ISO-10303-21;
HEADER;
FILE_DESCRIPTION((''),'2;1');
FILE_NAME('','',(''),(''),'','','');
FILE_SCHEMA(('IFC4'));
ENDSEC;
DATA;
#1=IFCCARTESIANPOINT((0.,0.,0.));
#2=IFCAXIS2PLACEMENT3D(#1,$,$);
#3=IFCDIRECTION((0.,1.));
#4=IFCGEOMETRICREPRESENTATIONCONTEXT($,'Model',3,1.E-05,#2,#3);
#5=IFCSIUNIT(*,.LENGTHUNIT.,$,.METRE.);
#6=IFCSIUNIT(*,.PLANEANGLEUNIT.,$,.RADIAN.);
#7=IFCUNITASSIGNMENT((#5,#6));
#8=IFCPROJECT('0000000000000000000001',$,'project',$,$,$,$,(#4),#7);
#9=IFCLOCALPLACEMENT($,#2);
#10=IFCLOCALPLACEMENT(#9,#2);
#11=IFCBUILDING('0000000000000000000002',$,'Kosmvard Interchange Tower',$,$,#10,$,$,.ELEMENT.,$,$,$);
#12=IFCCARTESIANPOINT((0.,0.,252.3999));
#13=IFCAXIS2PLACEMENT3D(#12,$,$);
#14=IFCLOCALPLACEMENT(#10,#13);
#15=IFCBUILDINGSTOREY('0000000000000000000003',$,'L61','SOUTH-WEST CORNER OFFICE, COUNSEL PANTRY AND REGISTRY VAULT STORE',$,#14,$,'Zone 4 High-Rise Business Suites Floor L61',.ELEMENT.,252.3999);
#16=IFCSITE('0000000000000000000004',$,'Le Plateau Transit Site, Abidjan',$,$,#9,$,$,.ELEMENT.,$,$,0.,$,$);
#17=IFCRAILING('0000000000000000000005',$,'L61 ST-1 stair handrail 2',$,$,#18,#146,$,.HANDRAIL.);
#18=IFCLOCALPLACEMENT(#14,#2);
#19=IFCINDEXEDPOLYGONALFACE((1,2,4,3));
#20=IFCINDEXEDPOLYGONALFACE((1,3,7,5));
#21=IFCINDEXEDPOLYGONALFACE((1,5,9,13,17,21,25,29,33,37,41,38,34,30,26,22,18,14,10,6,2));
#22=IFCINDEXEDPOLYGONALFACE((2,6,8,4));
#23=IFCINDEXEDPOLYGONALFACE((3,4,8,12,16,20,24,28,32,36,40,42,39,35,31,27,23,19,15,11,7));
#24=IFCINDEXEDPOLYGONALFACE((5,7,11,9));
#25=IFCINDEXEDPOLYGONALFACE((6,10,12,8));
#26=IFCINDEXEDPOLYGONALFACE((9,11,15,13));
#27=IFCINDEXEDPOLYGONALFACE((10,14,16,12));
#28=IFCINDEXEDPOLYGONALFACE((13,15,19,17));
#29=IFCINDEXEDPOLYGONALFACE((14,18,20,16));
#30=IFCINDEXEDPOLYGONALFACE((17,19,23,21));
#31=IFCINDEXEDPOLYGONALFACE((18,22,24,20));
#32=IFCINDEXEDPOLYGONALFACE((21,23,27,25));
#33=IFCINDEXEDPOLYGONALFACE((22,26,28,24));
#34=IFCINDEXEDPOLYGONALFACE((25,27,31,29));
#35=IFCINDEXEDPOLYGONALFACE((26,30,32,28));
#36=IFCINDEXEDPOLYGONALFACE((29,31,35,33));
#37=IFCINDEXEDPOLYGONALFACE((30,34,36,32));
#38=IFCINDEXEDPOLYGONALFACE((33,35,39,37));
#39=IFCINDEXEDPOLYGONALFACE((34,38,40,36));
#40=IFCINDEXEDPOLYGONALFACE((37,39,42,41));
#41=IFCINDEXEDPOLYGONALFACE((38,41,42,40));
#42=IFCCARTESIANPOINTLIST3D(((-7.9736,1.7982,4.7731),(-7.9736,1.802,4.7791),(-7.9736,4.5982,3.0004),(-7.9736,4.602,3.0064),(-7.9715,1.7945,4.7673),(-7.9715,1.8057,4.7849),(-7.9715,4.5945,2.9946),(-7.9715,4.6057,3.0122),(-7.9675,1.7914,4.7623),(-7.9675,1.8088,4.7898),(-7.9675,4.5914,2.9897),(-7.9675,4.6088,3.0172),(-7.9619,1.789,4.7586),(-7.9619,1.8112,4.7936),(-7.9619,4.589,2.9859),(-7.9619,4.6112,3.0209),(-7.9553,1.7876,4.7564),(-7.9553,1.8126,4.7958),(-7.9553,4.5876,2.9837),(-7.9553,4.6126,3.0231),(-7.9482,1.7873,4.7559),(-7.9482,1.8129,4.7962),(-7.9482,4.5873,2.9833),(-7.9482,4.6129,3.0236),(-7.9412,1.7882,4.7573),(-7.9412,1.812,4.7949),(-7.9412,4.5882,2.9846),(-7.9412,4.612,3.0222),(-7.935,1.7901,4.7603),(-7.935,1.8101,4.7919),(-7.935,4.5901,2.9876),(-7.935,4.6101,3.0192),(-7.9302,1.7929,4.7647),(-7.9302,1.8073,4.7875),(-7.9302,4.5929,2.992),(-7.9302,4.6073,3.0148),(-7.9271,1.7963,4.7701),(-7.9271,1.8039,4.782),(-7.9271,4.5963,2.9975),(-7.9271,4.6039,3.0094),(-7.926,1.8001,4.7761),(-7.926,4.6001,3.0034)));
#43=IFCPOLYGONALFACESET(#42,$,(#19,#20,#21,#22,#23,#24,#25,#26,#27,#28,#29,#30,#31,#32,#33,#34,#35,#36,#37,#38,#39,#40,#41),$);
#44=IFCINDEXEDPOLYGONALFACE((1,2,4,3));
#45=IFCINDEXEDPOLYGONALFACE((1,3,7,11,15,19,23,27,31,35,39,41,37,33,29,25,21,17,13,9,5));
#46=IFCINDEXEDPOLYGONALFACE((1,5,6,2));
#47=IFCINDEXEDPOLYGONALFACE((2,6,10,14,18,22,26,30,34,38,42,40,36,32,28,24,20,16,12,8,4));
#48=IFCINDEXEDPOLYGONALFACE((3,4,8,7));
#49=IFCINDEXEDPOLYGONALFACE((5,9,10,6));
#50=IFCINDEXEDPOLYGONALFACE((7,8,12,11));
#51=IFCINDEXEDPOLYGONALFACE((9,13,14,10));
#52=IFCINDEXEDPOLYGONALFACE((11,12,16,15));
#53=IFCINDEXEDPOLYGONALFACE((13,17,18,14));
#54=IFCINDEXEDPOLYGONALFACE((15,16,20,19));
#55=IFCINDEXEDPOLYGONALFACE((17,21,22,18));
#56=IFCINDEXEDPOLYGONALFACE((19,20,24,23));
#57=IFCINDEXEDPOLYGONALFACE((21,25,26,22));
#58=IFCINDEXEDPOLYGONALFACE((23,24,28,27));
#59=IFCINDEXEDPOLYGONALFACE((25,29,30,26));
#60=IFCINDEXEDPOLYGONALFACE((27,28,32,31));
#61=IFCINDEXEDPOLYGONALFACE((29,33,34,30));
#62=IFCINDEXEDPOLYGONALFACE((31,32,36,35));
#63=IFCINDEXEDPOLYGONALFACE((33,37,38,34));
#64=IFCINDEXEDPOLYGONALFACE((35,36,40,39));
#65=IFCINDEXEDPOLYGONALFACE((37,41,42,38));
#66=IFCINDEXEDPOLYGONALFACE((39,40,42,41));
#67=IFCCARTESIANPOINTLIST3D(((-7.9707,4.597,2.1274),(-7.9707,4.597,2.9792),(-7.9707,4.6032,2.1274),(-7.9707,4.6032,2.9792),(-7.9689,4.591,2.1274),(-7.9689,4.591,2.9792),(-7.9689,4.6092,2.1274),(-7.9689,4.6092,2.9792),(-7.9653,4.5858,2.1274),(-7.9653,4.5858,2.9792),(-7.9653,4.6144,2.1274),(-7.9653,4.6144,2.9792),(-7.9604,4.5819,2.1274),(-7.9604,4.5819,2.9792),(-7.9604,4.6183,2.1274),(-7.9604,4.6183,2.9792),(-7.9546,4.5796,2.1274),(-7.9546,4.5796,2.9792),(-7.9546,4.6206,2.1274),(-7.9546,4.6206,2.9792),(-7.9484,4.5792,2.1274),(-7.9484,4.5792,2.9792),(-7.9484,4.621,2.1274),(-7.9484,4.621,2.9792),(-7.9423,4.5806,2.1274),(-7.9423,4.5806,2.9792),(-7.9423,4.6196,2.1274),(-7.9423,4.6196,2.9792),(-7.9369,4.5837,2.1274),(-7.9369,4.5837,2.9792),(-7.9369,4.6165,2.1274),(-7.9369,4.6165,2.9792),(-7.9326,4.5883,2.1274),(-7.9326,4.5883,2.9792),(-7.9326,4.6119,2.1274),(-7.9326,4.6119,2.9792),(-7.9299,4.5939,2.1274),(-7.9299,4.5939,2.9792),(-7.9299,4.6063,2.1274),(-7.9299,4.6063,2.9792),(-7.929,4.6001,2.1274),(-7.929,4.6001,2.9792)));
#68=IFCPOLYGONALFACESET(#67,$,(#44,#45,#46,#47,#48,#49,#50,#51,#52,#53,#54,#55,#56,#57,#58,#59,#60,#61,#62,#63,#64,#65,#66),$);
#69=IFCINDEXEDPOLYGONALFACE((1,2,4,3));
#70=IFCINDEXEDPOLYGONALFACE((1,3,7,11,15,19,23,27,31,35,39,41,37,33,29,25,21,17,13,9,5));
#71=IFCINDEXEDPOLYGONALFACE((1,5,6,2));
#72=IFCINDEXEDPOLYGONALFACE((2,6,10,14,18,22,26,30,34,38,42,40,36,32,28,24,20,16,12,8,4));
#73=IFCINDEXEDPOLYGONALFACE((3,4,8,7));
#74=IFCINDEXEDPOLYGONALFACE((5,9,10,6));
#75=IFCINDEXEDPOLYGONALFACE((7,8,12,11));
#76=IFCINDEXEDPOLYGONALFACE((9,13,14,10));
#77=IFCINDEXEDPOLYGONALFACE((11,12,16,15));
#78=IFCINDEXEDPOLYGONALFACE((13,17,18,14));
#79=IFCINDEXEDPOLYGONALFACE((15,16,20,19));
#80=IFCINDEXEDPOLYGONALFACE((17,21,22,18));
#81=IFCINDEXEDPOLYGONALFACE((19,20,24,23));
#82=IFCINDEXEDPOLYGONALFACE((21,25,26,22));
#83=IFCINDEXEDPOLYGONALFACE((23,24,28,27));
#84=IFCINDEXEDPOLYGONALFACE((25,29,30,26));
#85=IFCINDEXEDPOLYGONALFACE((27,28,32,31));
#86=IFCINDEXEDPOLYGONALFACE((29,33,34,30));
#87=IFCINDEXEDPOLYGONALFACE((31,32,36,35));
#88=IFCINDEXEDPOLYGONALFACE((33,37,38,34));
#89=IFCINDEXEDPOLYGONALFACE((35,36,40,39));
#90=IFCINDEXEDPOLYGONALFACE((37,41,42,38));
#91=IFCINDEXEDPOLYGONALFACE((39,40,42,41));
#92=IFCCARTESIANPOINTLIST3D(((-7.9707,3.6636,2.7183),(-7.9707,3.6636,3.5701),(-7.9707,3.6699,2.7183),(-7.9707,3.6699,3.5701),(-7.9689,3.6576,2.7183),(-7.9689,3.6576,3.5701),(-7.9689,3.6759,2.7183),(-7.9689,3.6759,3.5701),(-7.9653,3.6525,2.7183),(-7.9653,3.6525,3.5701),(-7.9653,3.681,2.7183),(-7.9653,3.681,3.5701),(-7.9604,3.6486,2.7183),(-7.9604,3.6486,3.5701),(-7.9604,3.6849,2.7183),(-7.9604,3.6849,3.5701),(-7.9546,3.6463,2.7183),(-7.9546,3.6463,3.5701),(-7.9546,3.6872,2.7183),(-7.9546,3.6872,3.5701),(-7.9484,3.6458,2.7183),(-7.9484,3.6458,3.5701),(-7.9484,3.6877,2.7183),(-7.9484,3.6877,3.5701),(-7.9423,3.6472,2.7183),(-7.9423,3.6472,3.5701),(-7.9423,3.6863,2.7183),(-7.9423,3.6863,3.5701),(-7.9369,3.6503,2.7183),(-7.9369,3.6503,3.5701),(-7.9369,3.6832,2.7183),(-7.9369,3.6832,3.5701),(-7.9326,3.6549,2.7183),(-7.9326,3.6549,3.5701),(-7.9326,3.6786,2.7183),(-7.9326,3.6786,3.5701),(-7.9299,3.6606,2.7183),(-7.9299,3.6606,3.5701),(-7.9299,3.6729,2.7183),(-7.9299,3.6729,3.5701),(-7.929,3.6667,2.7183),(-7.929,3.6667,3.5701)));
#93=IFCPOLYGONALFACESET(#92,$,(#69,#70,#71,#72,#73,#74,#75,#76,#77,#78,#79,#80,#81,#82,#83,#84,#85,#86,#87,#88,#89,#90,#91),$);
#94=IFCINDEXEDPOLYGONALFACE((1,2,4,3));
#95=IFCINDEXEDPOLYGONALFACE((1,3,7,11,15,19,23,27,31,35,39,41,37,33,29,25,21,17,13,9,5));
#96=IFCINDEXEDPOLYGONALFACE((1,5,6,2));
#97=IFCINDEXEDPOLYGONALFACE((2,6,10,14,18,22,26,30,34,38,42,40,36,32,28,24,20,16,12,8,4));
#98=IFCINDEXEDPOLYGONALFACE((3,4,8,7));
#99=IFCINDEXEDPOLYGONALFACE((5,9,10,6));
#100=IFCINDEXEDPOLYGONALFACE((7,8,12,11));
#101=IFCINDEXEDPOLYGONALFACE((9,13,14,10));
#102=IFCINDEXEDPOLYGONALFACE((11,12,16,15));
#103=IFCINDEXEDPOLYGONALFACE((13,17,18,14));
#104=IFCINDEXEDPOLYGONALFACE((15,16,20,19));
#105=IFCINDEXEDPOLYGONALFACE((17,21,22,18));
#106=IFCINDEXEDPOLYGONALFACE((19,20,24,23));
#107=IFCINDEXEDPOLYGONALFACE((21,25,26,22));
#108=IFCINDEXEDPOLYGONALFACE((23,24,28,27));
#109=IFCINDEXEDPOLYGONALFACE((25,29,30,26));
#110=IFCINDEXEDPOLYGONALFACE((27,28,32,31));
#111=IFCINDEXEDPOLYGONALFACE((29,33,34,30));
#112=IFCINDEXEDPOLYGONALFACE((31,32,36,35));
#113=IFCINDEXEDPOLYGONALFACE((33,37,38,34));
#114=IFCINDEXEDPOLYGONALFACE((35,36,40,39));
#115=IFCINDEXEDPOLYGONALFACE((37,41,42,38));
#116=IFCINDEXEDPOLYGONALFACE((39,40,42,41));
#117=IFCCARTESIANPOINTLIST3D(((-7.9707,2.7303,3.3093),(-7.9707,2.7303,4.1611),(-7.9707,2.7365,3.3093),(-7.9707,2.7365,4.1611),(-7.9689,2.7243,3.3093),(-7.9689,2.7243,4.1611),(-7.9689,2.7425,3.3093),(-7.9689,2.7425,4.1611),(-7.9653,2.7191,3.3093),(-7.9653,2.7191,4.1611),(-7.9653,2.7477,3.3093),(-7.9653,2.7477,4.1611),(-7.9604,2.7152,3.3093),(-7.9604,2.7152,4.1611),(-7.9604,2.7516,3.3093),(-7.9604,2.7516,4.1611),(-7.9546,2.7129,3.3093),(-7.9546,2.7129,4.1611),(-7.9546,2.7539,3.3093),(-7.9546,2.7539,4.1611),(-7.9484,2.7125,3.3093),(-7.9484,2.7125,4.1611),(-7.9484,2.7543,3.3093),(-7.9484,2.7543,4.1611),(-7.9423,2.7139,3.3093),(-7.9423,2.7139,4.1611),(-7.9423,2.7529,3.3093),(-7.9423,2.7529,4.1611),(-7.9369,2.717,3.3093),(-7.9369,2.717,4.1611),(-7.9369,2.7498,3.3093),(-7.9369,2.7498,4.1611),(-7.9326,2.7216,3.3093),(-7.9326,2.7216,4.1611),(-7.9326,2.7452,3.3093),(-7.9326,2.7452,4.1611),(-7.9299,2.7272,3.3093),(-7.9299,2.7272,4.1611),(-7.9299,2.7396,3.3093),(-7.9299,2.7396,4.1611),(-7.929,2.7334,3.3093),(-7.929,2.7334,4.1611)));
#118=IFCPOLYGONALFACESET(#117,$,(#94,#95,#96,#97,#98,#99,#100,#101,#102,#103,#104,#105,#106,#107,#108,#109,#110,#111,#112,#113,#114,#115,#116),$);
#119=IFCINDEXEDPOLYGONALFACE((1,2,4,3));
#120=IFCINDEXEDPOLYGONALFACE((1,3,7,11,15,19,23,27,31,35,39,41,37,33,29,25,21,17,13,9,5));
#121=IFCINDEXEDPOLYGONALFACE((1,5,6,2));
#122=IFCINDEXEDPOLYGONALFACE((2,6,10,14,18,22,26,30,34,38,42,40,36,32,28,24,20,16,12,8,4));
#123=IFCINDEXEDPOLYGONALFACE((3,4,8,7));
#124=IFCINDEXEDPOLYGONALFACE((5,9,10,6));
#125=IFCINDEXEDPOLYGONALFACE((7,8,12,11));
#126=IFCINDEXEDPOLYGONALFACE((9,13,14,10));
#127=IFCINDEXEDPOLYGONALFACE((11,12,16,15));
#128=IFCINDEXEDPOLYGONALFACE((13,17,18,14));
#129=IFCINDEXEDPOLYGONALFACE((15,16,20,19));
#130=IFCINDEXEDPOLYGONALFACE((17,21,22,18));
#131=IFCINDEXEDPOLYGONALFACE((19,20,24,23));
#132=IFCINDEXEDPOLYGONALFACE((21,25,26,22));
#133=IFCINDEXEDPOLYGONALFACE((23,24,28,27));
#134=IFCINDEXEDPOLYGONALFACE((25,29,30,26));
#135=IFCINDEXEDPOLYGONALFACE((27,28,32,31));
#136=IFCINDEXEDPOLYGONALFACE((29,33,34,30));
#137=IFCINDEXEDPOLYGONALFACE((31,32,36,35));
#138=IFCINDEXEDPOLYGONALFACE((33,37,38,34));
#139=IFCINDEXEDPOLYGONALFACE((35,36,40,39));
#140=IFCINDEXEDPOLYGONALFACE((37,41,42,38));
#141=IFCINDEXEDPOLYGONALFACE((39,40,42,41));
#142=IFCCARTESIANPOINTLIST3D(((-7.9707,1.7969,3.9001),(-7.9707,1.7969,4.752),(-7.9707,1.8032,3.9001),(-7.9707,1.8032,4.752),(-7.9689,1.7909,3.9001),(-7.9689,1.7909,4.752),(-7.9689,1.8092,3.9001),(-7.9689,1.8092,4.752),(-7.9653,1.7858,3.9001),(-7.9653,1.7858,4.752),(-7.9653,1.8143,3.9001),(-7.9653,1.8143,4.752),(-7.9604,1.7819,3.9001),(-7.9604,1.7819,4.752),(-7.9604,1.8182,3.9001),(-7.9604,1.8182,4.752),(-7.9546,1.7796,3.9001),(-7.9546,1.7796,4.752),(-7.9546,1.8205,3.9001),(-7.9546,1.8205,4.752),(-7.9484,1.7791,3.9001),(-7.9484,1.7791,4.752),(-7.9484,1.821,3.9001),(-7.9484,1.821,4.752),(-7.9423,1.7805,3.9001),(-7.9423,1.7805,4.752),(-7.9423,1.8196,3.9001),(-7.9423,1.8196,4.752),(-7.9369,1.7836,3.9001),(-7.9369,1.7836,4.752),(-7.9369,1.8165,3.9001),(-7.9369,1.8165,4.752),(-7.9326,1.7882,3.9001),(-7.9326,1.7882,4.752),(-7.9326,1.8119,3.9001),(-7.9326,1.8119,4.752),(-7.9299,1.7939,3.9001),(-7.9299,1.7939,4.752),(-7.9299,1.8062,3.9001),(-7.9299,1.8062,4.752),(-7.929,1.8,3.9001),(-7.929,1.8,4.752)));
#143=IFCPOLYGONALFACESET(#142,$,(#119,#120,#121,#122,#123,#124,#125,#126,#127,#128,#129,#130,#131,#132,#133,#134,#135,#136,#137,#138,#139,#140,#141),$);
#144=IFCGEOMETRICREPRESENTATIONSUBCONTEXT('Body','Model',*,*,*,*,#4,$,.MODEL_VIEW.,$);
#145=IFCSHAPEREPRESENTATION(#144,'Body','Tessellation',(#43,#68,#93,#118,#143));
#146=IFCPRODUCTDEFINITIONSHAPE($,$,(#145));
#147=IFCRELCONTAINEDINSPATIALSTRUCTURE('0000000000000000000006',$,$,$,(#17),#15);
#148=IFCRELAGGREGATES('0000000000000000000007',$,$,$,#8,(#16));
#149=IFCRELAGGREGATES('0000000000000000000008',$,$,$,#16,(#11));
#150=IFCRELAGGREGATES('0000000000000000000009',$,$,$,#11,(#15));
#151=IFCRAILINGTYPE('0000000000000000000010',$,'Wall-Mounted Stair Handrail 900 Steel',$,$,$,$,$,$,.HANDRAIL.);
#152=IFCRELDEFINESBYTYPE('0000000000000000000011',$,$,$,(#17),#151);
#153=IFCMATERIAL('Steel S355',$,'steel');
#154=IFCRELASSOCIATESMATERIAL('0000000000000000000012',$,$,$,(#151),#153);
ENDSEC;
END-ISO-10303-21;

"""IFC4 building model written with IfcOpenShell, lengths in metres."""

from ifc_helpers import new_model, si_unit, direction, frame, origin, origin_2d, place, context, subcontext, project, spatial, circle, extrude, source, transform, mapped, material, type_object, element, save


model = new_model("IFC4")

# Units and contexts
model_context = context("Model", 3, precision=1e-05, world=origin(), true_north=direction((0.0, 1.0)))
body_context = subcontext(model_context, "Body", "Model", "MODEL_VIEW")
ifc_project = project(units=[si_unit("LENGTHUNIT", "METRE"), si_unit("PLANEANGLEUNIT", "RADIAN")], contexts=[model_context])

# Site, building, storey
site_placement = place(None, origin())
site = spatial("IfcSite", under=ifc_project, at=site_placement, Name="Le Plateau Transit Site, Abidjan", CompositionType="ELEMENT", RefElevation=0.0)
building_placement = place(site_placement, origin())
building = spatial("IfcBuilding", under=site, at=building_placement, Name="Kosmvard Interchange Tower", CompositionType="ELEMENT")
storey_placement = place(building_placement, frame((0.0, 0.0, 252.3999)))
storey = spatial("IfcBuildingStorey", under=building, at=storey_placement, Name="L61", Description="SOUTH-WEST CORNER OFFICE, COUNSEL PANTRY AND REGISTRY VAULT STORE", LongName="Zone 4 High-Rise Business Suites Floor L61", CompositionType="ELEMENT", Elevation=252.3999)

# Railing
ifc_material_1 = material(Name="Steel S355", Category="steel")
railing_type_1 = type_object("IfcRailingType", Name="Wall-Mounted Stair Handrail 900 Steel", PredefinedType="HANDRAIL", material=ifc_material_1)
shared_shape_1 = source(origin(), body_context, "Body", "SweptSolid", [
    extrude(circle(Radius=0.0239, at=origin_2d()), frame((0.0, 0.0, 0.876), z_axis=(0.0, -0.844909, 0.53491), x_axis=(1.0, 0.0, 0.0)), (0.0, 0.0, 1.0), 3.314),
    extrude(circle(Radius=0.021, at=origin_2d()), origin(), (0.0, 0.0, 1.0), 0.8518),
    extrude(circle(Radius=0.021, at=origin_2d()), frame((0.0, -0.9333, 0.5908)), (0.0, 0.0, 1.0), 0.8518),
    extrude(circle(Radius=0.021, at=origin_2d()), frame((0.0, -1.8667, 1.1819)), (0.0, 0.0, 1.0), 0.8518),
    extrude(circle(Radius=0.021, at=origin_2d()), frame((0.0, -2.8, 1.7727)), (0.0, 0.0, 1.0), 0.8518),
])
railing_1_placement = place(storey_placement, frame((-7.95, 4.6001, 2.1274)))
element("IfcRailing", 1, at=railing_1_placement, inside=storey, type_object=railing_type_1, Name="L61 ST-1 stair handrail 2", PredefinedType="HANDRAIL", context=body_context, shape_type="MappedRepresentation", body=[
    mapped(shared_shape_1, transform((0.0, 0.0, 0.0), scale=1.0)),
])

save(model, "model.ifc")
